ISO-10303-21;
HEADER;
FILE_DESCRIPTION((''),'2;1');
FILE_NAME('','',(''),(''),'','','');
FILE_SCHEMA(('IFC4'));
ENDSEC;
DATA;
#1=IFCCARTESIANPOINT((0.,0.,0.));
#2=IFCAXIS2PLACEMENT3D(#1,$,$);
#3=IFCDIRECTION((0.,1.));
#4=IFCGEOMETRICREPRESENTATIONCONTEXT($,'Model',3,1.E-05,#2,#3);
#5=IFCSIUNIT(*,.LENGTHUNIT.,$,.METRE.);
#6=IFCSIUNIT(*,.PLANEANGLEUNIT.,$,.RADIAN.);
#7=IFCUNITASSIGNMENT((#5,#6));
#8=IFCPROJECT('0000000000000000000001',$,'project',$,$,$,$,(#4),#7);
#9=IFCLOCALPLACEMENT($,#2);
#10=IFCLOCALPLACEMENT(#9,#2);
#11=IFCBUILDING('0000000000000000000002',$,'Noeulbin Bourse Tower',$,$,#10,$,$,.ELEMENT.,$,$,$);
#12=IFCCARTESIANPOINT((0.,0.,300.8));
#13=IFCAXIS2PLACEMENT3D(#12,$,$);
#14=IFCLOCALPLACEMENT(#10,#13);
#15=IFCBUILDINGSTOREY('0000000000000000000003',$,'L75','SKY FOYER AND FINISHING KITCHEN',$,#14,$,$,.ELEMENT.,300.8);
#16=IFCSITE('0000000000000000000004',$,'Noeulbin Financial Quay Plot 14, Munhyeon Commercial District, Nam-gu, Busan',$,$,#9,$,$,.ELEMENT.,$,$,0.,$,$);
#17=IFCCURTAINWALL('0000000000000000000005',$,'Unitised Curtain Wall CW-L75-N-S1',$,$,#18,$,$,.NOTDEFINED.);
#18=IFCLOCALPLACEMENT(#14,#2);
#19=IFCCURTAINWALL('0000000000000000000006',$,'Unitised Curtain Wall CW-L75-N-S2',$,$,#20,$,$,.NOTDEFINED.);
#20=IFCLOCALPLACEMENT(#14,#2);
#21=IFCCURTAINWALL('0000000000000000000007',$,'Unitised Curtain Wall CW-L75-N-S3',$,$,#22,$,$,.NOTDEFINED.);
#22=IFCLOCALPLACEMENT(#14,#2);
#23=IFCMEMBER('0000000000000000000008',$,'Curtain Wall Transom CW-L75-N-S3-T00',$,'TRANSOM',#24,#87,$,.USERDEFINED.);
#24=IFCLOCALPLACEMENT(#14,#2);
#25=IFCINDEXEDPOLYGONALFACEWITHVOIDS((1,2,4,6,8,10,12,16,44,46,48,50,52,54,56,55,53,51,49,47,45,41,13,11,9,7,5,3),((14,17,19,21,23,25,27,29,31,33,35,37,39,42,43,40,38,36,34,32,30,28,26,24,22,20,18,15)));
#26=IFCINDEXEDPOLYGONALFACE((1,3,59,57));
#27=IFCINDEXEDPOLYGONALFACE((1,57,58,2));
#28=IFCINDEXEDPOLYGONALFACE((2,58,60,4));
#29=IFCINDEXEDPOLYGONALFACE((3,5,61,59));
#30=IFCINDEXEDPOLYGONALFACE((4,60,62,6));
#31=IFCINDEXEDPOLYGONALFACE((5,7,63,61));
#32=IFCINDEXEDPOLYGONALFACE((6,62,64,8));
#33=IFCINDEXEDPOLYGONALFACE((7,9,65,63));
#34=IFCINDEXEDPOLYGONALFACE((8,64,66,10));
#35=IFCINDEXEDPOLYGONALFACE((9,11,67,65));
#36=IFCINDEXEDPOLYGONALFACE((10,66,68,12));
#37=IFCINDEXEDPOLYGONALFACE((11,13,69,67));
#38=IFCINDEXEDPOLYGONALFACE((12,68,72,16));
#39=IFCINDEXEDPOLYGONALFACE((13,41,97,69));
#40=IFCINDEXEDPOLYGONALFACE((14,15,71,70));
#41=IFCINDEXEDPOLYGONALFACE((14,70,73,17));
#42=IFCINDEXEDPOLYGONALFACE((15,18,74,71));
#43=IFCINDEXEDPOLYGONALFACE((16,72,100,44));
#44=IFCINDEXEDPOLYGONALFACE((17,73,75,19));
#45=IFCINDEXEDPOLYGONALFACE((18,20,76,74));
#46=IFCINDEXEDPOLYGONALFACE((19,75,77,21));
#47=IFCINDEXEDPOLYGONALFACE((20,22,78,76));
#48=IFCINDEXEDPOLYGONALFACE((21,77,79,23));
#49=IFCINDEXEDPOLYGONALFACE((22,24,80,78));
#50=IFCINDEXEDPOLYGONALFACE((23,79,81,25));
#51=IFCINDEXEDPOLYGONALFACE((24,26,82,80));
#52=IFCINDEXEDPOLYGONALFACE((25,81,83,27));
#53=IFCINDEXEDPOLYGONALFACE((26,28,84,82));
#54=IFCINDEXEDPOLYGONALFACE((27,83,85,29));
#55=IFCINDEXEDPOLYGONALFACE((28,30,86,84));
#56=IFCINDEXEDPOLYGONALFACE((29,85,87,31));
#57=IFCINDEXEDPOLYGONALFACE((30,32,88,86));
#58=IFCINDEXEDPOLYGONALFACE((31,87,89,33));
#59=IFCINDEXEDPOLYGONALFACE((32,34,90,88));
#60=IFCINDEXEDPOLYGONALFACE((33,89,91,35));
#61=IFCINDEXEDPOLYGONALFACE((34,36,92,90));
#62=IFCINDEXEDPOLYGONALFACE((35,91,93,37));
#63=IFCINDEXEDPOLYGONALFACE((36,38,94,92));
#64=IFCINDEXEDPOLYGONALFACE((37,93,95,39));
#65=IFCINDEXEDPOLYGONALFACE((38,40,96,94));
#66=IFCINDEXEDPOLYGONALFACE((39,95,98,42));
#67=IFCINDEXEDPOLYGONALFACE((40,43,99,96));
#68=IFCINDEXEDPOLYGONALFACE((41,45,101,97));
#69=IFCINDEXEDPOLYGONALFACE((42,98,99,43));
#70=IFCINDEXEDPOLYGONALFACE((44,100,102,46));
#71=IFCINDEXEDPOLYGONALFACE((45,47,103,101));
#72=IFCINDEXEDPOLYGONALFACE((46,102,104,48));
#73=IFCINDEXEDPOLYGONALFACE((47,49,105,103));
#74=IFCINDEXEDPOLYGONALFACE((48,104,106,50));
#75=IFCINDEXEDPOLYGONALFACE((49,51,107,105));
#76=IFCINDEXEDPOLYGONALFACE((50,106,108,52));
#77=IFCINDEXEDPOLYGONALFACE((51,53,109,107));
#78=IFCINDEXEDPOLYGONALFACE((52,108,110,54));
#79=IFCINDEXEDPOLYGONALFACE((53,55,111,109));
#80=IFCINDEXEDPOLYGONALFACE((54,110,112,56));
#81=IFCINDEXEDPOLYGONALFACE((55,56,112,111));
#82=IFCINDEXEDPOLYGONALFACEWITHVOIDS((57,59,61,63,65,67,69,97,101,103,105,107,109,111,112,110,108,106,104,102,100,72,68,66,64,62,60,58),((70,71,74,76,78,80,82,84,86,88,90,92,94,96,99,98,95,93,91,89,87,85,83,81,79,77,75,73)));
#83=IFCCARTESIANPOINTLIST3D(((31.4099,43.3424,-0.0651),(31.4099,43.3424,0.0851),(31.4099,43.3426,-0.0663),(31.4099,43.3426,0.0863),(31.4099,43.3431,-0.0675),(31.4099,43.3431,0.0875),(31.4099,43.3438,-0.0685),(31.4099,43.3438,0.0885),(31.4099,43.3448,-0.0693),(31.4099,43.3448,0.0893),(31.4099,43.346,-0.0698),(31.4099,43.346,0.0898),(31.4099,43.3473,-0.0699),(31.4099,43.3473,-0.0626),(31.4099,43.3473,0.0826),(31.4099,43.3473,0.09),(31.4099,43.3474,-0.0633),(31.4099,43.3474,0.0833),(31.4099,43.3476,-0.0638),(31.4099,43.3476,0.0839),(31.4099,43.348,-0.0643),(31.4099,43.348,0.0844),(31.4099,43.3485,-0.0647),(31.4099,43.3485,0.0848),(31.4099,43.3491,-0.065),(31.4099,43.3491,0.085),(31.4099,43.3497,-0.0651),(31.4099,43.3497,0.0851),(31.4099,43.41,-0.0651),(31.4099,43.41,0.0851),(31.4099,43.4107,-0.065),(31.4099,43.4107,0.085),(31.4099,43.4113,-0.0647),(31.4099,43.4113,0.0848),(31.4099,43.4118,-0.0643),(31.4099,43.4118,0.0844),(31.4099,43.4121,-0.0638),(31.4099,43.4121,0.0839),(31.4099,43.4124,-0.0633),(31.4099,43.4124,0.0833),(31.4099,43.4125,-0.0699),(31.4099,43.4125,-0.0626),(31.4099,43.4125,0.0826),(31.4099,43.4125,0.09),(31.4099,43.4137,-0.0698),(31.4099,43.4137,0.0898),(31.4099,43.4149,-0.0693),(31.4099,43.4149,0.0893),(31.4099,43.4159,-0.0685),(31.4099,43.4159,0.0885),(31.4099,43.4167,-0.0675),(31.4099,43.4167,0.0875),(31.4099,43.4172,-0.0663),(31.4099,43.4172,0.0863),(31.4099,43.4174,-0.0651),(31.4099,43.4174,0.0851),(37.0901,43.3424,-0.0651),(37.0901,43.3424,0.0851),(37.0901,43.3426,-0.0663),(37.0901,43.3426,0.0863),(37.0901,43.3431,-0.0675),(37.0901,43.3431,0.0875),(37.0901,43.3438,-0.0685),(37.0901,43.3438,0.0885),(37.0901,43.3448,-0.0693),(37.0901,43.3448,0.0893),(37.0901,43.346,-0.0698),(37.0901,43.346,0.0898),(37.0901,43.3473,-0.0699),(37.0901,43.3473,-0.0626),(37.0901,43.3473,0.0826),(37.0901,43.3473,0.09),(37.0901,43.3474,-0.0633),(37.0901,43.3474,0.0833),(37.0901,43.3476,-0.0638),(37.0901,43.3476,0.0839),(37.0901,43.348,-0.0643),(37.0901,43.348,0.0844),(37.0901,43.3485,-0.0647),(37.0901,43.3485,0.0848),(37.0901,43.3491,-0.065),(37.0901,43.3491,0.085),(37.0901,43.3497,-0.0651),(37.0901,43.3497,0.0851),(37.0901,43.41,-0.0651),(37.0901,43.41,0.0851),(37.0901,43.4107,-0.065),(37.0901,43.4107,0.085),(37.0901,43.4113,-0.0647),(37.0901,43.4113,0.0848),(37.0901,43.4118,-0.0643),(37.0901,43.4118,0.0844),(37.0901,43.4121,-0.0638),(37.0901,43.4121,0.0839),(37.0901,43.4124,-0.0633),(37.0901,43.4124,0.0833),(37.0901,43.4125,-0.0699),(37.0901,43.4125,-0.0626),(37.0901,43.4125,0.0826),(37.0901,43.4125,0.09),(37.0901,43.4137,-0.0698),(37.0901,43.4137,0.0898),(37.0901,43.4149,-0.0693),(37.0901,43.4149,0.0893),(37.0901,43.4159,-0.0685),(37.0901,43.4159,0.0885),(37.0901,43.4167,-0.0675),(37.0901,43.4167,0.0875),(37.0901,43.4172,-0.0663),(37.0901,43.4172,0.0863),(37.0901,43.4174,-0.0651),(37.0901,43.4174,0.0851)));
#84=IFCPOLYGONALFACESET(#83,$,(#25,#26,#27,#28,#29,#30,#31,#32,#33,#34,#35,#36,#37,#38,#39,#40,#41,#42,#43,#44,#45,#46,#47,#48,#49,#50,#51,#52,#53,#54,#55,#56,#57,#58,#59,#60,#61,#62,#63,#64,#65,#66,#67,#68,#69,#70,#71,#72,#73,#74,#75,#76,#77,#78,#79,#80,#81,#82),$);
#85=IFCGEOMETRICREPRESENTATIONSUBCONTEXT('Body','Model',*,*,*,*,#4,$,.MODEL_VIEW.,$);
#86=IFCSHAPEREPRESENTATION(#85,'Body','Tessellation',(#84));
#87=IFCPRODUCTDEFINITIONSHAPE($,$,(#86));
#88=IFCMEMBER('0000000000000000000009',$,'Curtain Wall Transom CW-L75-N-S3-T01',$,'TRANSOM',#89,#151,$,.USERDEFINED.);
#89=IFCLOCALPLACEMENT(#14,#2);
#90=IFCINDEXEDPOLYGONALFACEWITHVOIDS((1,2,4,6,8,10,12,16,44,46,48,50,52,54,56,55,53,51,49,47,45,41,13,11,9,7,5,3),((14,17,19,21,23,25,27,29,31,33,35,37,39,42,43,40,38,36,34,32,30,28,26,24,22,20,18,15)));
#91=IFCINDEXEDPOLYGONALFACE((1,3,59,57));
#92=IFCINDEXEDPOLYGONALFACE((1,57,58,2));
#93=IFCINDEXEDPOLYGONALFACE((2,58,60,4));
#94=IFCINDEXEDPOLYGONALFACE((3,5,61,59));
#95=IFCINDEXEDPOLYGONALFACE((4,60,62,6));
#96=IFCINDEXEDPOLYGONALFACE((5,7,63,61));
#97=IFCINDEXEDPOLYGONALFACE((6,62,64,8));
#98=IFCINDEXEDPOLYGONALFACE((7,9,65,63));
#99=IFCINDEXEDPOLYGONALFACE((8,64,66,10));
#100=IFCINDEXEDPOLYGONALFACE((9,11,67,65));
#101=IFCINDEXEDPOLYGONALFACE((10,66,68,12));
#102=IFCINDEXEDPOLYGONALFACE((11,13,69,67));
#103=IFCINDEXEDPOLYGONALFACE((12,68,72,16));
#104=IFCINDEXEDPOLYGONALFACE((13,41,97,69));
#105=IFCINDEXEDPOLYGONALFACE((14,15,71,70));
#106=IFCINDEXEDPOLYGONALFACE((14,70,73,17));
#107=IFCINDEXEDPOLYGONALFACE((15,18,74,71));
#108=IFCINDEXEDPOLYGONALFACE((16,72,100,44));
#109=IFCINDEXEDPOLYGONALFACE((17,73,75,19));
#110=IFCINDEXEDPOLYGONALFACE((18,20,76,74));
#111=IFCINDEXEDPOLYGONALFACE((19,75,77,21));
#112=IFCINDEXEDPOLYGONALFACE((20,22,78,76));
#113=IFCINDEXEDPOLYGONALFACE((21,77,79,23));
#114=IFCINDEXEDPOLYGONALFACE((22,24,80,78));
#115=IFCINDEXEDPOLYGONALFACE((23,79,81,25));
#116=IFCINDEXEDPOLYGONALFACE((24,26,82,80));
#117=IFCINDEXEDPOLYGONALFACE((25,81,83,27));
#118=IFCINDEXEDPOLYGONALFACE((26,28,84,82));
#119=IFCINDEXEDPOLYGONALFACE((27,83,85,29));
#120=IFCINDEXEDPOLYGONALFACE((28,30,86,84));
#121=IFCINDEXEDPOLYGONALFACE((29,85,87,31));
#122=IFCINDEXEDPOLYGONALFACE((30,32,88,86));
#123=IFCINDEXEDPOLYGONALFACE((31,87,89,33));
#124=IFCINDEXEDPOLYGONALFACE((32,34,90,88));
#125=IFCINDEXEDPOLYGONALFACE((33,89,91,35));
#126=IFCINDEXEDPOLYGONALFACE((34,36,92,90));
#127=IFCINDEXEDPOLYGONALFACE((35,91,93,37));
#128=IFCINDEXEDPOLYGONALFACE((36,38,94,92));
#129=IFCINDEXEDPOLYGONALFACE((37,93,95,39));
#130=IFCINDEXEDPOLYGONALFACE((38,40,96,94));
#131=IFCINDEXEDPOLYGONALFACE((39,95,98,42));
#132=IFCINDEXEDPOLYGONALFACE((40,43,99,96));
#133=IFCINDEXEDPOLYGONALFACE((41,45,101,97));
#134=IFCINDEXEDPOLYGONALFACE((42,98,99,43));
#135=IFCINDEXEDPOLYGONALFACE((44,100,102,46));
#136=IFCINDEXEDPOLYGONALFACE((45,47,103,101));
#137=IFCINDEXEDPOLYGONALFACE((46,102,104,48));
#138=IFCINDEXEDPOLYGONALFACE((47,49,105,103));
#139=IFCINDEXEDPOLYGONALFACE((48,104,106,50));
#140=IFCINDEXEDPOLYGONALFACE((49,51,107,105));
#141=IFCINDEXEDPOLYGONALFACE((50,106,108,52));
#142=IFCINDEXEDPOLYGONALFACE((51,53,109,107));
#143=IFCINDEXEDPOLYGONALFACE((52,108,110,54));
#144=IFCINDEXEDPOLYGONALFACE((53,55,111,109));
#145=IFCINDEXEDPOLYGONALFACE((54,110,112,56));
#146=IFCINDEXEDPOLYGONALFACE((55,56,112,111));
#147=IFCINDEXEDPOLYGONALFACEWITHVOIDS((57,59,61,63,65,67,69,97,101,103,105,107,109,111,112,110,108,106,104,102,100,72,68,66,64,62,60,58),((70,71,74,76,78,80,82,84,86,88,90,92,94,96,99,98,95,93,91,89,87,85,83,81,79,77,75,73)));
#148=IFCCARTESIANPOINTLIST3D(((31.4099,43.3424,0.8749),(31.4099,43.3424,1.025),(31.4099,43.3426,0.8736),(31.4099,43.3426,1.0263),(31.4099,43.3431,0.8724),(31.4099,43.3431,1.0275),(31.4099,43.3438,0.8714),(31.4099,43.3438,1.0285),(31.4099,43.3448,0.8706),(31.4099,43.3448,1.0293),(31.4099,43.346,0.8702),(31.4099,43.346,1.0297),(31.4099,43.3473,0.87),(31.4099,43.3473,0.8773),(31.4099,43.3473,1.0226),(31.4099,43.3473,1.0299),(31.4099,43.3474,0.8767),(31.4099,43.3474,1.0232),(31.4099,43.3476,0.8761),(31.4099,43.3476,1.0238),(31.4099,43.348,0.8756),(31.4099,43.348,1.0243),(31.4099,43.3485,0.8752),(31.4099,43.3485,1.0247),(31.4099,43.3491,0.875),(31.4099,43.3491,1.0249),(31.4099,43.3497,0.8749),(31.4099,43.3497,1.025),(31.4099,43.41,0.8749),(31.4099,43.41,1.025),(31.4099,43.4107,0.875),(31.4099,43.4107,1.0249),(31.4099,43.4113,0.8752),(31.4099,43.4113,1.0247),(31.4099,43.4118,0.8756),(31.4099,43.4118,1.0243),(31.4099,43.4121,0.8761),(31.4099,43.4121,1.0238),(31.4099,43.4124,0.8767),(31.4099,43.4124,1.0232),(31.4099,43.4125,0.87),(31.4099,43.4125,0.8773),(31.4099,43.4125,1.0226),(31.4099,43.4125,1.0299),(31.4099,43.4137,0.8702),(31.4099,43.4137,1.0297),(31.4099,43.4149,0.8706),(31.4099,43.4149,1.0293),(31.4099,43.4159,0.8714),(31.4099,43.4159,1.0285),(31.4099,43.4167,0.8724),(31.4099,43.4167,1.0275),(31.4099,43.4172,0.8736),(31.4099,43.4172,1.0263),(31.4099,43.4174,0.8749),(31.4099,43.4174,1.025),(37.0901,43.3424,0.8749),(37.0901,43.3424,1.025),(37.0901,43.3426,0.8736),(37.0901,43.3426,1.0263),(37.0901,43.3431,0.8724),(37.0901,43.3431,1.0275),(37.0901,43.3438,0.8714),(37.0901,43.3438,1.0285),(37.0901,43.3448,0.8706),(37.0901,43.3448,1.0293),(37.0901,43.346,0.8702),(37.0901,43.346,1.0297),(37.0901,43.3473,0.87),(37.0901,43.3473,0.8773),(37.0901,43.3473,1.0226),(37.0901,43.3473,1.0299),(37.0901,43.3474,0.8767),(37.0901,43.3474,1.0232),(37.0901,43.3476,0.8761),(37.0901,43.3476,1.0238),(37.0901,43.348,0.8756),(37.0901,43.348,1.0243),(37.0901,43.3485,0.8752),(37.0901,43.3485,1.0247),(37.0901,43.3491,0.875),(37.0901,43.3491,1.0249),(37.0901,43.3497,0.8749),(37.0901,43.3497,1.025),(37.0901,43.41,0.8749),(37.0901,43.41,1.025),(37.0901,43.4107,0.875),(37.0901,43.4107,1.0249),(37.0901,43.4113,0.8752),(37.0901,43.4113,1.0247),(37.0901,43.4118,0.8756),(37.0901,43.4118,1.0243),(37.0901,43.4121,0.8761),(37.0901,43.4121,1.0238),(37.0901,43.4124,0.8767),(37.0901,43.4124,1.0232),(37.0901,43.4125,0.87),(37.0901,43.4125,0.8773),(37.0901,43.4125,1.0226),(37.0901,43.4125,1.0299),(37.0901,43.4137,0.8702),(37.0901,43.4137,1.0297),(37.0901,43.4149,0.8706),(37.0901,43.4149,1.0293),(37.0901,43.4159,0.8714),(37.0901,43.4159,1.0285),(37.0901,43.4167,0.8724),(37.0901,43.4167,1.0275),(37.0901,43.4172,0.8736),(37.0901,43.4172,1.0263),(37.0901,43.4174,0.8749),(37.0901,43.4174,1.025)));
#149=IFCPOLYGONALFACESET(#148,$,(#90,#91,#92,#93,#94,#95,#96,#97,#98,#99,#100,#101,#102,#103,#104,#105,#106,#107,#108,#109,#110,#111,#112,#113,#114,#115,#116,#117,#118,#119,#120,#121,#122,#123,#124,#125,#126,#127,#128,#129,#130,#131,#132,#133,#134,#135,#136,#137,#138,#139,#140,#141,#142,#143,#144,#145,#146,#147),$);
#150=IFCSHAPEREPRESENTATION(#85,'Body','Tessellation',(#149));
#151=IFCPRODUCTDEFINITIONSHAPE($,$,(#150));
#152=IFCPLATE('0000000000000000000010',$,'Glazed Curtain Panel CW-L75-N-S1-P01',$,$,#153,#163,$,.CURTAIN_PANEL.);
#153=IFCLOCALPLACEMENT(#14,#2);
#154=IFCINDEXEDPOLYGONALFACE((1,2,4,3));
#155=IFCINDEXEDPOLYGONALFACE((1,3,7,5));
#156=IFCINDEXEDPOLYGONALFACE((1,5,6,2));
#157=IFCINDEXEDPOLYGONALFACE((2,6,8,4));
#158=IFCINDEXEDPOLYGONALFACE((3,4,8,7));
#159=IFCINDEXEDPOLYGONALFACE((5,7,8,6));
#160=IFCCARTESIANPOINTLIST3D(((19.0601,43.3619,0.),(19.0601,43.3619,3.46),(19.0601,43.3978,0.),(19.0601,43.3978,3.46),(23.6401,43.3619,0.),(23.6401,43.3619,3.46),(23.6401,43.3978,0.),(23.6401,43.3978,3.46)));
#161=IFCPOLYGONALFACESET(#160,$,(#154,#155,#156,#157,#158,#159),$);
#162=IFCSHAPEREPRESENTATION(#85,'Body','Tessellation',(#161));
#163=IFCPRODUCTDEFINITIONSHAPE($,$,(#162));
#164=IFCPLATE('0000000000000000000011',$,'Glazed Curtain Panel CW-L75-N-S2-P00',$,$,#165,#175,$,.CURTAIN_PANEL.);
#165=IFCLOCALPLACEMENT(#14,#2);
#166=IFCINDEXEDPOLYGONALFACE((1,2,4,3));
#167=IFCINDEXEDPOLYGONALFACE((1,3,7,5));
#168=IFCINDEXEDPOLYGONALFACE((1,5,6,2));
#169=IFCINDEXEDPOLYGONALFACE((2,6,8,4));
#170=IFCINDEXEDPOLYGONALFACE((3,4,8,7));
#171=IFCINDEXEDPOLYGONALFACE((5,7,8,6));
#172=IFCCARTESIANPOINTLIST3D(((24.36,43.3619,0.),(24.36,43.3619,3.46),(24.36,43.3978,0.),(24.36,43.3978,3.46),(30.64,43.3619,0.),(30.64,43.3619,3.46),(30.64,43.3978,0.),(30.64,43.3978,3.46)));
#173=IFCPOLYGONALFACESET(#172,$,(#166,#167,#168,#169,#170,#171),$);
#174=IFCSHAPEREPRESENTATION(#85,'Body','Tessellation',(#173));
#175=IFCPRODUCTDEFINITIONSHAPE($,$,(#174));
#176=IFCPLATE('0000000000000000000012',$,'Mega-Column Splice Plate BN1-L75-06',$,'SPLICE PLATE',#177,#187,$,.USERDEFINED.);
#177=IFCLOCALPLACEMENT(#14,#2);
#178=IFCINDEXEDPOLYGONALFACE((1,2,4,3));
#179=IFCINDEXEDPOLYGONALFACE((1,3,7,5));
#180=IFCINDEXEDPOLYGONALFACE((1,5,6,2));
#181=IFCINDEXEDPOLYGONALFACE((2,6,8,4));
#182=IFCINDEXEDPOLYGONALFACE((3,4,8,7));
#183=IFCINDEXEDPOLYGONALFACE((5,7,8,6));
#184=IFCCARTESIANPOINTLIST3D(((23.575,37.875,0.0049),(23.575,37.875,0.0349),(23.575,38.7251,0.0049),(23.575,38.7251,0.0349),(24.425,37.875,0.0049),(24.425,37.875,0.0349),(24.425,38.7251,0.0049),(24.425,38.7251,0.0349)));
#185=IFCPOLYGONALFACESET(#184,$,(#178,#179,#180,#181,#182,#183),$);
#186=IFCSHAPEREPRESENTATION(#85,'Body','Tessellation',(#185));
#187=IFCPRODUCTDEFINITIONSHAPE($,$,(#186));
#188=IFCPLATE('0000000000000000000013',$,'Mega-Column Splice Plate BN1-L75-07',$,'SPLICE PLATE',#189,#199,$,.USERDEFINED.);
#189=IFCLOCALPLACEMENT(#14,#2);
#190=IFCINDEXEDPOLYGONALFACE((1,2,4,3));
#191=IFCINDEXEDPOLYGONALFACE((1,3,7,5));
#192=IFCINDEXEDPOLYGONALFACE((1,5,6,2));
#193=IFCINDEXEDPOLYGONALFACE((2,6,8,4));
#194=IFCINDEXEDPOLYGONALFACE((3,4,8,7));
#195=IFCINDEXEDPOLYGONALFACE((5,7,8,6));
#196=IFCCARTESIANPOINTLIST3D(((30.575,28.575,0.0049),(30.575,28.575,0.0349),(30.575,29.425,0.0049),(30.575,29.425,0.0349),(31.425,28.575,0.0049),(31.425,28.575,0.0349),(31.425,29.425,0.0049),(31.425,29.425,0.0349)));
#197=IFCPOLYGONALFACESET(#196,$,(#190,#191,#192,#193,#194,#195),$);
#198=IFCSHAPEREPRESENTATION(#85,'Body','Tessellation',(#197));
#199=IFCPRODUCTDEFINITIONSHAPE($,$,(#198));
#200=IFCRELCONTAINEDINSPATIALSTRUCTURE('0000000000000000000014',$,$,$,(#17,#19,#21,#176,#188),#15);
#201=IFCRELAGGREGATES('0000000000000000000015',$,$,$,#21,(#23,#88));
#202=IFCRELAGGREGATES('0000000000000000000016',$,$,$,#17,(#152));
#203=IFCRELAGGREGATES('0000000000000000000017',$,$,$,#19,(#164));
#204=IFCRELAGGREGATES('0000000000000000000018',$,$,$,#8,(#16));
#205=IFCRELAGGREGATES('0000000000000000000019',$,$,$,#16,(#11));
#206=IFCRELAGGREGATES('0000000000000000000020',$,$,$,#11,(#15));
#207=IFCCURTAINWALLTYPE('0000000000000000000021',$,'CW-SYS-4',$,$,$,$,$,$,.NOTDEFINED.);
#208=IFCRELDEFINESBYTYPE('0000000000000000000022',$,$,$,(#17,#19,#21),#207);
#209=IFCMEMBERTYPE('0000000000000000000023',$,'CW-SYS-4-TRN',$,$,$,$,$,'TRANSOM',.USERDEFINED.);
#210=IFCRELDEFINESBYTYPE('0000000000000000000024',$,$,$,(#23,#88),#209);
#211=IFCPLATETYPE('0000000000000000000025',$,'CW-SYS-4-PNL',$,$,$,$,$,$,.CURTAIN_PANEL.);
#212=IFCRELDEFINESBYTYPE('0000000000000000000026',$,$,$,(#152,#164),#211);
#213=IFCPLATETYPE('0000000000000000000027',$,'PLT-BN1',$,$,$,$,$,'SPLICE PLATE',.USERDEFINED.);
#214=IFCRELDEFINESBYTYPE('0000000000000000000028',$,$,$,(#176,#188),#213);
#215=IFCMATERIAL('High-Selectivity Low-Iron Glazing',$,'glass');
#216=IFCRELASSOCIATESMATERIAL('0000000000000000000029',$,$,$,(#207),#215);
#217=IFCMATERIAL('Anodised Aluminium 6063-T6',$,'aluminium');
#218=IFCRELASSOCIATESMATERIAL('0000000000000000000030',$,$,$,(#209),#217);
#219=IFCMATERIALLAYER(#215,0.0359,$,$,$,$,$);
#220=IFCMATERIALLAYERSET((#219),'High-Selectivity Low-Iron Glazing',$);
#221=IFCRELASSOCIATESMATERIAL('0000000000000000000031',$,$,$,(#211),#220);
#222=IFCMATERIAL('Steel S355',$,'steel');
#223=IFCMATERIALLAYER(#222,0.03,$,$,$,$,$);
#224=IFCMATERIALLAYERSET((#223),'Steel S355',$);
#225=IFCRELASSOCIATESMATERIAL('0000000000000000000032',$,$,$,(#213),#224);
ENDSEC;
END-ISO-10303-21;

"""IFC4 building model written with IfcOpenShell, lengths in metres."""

from ifc_helpers import new_model, si_unit, direction, frame, origin, origin_2d, place, context, subcontext, project, spatial, rectangle, hollow_rectangle, extrude, material, layer, layer_set, material_profile, profile_set, type_object, element, aggregate, save


model = new_model("IFC4")

# Units and contexts
model_context = context("Model", 3, precision=1e-05, world=origin(), true_north=direction((0.0, 1.0)))
body_context = subcontext(model_context, "Body", "Model", "MODEL_VIEW")
ifc_project = project(units=[si_unit("LENGTHUNIT", "METRE"), si_unit("PLANEANGLEUNIT", "RADIAN")], contexts=[model_context])

# Site, building, storey
site_placement = place(None, origin())
site = spatial("IfcSite", under=ifc_project, at=site_placement, Name="Noeulbin Financial Quay Plot 14, Munhyeon Commercial District, Nam-gu, Busan", CompositionType="ELEMENT", RefElevation=0.0)
building_placement = place(site_placement, origin())
building = spatial("IfcBuilding", under=site, at=building_placement, Name="Noeulbin Bourse Tower", CompositionType="ELEMENT")
storey_placement = place(building_placement, frame((0.0, 0.0, 300.8)))
storey = spatial("IfcBuildingStorey", under=building, at=storey_placement, Name="L75", Description="SKY FOYER AND FINISHING KITCHEN", CompositionType="ELEMENT", Elevation=300.8)

# Shared definitions
ifc_material_1 = material(Name="Steel S355", Category="steel")

# Curtain walls
ifc_material_2 = material(Name="High-Selectivity Low-Iron Glazing", Category="glass")
curtain_wall_type = type_object("IfcCurtainWallType", Name="CW-SYS-4", PredefinedType="NOTDEFINED", material=ifc_material_2)
curtain_wall_1_placement = place(storey_placement, origin())
curtain_wall_1 = element("IfcCurtainWall", 1, at=curtain_wall_1_placement, inside=storey, type_object=curtain_wall_type, Name="Unitised Curtain Wall CW-L75-N-S1", PredefinedType="NOTDEFINED")
ifc_material_3 = material(Name="Anodised Aluminium 6063-T6", Category="aluminium")
curtain_wall_2_placement = place(storey_placement, origin())
curtain_wall_2 = element("IfcCurtainWall", 2, at=curtain_wall_2_placement, inside=storey, type_object=curtain_wall_type, Name="Unitised Curtain Wall CW-L75-N-S2", PredefinedType="NOTDEFINED")

# Curtain wall
curtain_wall_3_placement = place(storey_placement, origin())
curtain_wall_3 = element("IfcCurtainWall", 3, at=curtain_wall_3_placement, inside=storey, type_object=curtain_wall_type, Name="Unitised Curtain Wall CW-L75-N-S3", PredefinedType="NOTDEFINED")

# Members
ifc_material_profile_1 = material_profile(ifc_material_3, hollow_rectangle(XDim=0.075, YDim=0.1599, WallThickness=0.0049, InnerFilletRadius=0.0024, OuterFilletRadius=0.0049, at=origin_2d()), Name="ALU-TRAN-75x160x5", Category="LoadBearing")
ifc_profile_set_1 = profile_set([ifc_material_profile_1], Name="Anodised Aluminium 6063-T6")
member_type_1 = type_object("IfcMemberType", Name="CW-SYS-4-TRN", ElementType="TRANSOM", PredefinedType="USERDEFINED", material=ifc_profile_set_1)
member_1_placement = place(storey_placement, frame((31.4099, 43.3799, 0.01), z_axis=(1.0, 0.0, 0.0), x_axis=(0.0, 1.0, 0.0)))
member_1 = element("IfcMember", 4, at=member_1_placement, type_object=member_type_1, Name="Curtain Wall Transom CW-L75-N-S3-T00", ObjectType="TRANSOM", PredefinedType="USERDEFINED", context=body_context, shape_type="SweptSolid", body=[
    extrude(hollow_rectangle(XDim=0.075, YDim=0.1599, WallThickness=0.0049, InnerFilletRadius=0.0024, OuterFilletRadius=0.0049, at=origin_2d()), origin(), (0.0, 0.0, 1.0), 5.6802),
])
member_2_placement = place(storey_placement, frame((31.4099, 43.3799, 0.95), z_axis=(1.0, 0.0, 0.0), x_axis=(0.0, 1.0, 0.0)))
member_2 = element("IfcMember", 5, at=member_2_placement, type_object=member_type_1, Name="Curtain Wall Transom CW-L75-N-S3-T01", ObjectType="TRANSOM", PredefinedType="USERDEFINED", context=body_context, shape_type="SweptSolid", body=[
    extrude(hollow_rectangle(XDim=0.075, YDim=0.1599, WallThickness=0.0049, InnerFilletRadius=0.0024, OuterFilletRadius=0.0049, at=origin_2d()), origin(), (0.0, 0.0, 1.0), 5.6802),
])
aggregate(curtain_wall_3, [member_1, member_2])

# Plates
ifc_layer_1 = layer(ifc_material_2, 0.0359)
ifc_layer_set_1 = layer_set([ifc_layer_1], Name="High-Selectivity Low-Iron Glazing")
plate_type_1 = type_object("IfcPlateType", Name="CW-SYS-4-PNL", PredefinedType="CURTAIN_PANEL", material=ifc_layer_set_1)
plate_1_placement = place(storey_placement, frame((21.3501, 43.3799, 0.0), z_axis=(0.0, 0.0, 1.0), x_axis=(1.0, 0.0, 0.0)))
plate_1 = element("IfcPlate", 6, at=plate_1_placement, type_object=plate_type_1, Name="Glazed Curtain Panel CW-L75-N-S1-P01", PredefinedType="CURTAIN_PANEL", context=body_context, shape_type="SweptSolid", body=[
    extrude(rectangle(XDim=4.5801, YDim=0.0359, at=origin_2d()), origin(), (0.0, 0.0, 1.0), 3.46),
])
aggregate(curtain_wall_1, [plate_1])
plate_2_placement = place(storey_placement, frame((27.5, 43.3799, 0.0), z_axis=(0.0, 0.0, 1.0), x_axis=(1.0, 0.0, 0.0)))
plate_2 = element("IfcPlate", 7, at=plate_2_placement, type_object=plate_type_1, Name="Glazed Curtain Panel CW-L75-N-S2-P00", PredefinedType="CURTAIN_PANEL", context=body_context, shape_type="SweptSolid", body=[
    extrude(rectangle(XDim=6.28, YDim=0.0359, at=origin_2d()), origin(), (0.0, 0.0, 1.0), 3.46),
])
aggregate(curtain_wall_2, [plate_2])

# Plates
ifc_layer_2 = layer(ifc_material_1, 0.03)
ifc_layer_set_2 = layer_set([ifc_layer_2], Name="Steel S355")
plate_type_2 = type_object("IfcPlateType", Name="PLT-BN1", ElementType="SPLICE PLATE", PredefinedType="USERDEFINED", material=ifc_layer_set_2)
for number, where, z_axis, x_axis, name in (
    (8, (24.0, 38.3, 0.0049), (0.0, 0.0, 1.0), (1.0, 0.0, 0.0), "Mega-Column Splice Plate BN1-L75-06"),
    (9, (31.0, 29.0, 0.0049), (0.0, 0.0, 1.0), (1.0, 0.0, 0.0), "Mega-Column Splice Plate BN1-L75-07"),
):
    element("IfcPlate", number, at=place(storey_placement, frame(where, z_axis=z_axis, x_axis=x_axis)), inside=storey, type_object=plate_type_2, Name=name, ObjectType="SPLICE PLATE", PredefinedType="USERDEFINED", context=body_context, shape_type="SweptSolid", body=[
        extrude(rectangle(XDim=0.8501, YDim=0.8501, at=origin_2d()), origin(), (0.0, 0.0, 1.0), 0.03),
    ])

save(model, "model.ifc")
